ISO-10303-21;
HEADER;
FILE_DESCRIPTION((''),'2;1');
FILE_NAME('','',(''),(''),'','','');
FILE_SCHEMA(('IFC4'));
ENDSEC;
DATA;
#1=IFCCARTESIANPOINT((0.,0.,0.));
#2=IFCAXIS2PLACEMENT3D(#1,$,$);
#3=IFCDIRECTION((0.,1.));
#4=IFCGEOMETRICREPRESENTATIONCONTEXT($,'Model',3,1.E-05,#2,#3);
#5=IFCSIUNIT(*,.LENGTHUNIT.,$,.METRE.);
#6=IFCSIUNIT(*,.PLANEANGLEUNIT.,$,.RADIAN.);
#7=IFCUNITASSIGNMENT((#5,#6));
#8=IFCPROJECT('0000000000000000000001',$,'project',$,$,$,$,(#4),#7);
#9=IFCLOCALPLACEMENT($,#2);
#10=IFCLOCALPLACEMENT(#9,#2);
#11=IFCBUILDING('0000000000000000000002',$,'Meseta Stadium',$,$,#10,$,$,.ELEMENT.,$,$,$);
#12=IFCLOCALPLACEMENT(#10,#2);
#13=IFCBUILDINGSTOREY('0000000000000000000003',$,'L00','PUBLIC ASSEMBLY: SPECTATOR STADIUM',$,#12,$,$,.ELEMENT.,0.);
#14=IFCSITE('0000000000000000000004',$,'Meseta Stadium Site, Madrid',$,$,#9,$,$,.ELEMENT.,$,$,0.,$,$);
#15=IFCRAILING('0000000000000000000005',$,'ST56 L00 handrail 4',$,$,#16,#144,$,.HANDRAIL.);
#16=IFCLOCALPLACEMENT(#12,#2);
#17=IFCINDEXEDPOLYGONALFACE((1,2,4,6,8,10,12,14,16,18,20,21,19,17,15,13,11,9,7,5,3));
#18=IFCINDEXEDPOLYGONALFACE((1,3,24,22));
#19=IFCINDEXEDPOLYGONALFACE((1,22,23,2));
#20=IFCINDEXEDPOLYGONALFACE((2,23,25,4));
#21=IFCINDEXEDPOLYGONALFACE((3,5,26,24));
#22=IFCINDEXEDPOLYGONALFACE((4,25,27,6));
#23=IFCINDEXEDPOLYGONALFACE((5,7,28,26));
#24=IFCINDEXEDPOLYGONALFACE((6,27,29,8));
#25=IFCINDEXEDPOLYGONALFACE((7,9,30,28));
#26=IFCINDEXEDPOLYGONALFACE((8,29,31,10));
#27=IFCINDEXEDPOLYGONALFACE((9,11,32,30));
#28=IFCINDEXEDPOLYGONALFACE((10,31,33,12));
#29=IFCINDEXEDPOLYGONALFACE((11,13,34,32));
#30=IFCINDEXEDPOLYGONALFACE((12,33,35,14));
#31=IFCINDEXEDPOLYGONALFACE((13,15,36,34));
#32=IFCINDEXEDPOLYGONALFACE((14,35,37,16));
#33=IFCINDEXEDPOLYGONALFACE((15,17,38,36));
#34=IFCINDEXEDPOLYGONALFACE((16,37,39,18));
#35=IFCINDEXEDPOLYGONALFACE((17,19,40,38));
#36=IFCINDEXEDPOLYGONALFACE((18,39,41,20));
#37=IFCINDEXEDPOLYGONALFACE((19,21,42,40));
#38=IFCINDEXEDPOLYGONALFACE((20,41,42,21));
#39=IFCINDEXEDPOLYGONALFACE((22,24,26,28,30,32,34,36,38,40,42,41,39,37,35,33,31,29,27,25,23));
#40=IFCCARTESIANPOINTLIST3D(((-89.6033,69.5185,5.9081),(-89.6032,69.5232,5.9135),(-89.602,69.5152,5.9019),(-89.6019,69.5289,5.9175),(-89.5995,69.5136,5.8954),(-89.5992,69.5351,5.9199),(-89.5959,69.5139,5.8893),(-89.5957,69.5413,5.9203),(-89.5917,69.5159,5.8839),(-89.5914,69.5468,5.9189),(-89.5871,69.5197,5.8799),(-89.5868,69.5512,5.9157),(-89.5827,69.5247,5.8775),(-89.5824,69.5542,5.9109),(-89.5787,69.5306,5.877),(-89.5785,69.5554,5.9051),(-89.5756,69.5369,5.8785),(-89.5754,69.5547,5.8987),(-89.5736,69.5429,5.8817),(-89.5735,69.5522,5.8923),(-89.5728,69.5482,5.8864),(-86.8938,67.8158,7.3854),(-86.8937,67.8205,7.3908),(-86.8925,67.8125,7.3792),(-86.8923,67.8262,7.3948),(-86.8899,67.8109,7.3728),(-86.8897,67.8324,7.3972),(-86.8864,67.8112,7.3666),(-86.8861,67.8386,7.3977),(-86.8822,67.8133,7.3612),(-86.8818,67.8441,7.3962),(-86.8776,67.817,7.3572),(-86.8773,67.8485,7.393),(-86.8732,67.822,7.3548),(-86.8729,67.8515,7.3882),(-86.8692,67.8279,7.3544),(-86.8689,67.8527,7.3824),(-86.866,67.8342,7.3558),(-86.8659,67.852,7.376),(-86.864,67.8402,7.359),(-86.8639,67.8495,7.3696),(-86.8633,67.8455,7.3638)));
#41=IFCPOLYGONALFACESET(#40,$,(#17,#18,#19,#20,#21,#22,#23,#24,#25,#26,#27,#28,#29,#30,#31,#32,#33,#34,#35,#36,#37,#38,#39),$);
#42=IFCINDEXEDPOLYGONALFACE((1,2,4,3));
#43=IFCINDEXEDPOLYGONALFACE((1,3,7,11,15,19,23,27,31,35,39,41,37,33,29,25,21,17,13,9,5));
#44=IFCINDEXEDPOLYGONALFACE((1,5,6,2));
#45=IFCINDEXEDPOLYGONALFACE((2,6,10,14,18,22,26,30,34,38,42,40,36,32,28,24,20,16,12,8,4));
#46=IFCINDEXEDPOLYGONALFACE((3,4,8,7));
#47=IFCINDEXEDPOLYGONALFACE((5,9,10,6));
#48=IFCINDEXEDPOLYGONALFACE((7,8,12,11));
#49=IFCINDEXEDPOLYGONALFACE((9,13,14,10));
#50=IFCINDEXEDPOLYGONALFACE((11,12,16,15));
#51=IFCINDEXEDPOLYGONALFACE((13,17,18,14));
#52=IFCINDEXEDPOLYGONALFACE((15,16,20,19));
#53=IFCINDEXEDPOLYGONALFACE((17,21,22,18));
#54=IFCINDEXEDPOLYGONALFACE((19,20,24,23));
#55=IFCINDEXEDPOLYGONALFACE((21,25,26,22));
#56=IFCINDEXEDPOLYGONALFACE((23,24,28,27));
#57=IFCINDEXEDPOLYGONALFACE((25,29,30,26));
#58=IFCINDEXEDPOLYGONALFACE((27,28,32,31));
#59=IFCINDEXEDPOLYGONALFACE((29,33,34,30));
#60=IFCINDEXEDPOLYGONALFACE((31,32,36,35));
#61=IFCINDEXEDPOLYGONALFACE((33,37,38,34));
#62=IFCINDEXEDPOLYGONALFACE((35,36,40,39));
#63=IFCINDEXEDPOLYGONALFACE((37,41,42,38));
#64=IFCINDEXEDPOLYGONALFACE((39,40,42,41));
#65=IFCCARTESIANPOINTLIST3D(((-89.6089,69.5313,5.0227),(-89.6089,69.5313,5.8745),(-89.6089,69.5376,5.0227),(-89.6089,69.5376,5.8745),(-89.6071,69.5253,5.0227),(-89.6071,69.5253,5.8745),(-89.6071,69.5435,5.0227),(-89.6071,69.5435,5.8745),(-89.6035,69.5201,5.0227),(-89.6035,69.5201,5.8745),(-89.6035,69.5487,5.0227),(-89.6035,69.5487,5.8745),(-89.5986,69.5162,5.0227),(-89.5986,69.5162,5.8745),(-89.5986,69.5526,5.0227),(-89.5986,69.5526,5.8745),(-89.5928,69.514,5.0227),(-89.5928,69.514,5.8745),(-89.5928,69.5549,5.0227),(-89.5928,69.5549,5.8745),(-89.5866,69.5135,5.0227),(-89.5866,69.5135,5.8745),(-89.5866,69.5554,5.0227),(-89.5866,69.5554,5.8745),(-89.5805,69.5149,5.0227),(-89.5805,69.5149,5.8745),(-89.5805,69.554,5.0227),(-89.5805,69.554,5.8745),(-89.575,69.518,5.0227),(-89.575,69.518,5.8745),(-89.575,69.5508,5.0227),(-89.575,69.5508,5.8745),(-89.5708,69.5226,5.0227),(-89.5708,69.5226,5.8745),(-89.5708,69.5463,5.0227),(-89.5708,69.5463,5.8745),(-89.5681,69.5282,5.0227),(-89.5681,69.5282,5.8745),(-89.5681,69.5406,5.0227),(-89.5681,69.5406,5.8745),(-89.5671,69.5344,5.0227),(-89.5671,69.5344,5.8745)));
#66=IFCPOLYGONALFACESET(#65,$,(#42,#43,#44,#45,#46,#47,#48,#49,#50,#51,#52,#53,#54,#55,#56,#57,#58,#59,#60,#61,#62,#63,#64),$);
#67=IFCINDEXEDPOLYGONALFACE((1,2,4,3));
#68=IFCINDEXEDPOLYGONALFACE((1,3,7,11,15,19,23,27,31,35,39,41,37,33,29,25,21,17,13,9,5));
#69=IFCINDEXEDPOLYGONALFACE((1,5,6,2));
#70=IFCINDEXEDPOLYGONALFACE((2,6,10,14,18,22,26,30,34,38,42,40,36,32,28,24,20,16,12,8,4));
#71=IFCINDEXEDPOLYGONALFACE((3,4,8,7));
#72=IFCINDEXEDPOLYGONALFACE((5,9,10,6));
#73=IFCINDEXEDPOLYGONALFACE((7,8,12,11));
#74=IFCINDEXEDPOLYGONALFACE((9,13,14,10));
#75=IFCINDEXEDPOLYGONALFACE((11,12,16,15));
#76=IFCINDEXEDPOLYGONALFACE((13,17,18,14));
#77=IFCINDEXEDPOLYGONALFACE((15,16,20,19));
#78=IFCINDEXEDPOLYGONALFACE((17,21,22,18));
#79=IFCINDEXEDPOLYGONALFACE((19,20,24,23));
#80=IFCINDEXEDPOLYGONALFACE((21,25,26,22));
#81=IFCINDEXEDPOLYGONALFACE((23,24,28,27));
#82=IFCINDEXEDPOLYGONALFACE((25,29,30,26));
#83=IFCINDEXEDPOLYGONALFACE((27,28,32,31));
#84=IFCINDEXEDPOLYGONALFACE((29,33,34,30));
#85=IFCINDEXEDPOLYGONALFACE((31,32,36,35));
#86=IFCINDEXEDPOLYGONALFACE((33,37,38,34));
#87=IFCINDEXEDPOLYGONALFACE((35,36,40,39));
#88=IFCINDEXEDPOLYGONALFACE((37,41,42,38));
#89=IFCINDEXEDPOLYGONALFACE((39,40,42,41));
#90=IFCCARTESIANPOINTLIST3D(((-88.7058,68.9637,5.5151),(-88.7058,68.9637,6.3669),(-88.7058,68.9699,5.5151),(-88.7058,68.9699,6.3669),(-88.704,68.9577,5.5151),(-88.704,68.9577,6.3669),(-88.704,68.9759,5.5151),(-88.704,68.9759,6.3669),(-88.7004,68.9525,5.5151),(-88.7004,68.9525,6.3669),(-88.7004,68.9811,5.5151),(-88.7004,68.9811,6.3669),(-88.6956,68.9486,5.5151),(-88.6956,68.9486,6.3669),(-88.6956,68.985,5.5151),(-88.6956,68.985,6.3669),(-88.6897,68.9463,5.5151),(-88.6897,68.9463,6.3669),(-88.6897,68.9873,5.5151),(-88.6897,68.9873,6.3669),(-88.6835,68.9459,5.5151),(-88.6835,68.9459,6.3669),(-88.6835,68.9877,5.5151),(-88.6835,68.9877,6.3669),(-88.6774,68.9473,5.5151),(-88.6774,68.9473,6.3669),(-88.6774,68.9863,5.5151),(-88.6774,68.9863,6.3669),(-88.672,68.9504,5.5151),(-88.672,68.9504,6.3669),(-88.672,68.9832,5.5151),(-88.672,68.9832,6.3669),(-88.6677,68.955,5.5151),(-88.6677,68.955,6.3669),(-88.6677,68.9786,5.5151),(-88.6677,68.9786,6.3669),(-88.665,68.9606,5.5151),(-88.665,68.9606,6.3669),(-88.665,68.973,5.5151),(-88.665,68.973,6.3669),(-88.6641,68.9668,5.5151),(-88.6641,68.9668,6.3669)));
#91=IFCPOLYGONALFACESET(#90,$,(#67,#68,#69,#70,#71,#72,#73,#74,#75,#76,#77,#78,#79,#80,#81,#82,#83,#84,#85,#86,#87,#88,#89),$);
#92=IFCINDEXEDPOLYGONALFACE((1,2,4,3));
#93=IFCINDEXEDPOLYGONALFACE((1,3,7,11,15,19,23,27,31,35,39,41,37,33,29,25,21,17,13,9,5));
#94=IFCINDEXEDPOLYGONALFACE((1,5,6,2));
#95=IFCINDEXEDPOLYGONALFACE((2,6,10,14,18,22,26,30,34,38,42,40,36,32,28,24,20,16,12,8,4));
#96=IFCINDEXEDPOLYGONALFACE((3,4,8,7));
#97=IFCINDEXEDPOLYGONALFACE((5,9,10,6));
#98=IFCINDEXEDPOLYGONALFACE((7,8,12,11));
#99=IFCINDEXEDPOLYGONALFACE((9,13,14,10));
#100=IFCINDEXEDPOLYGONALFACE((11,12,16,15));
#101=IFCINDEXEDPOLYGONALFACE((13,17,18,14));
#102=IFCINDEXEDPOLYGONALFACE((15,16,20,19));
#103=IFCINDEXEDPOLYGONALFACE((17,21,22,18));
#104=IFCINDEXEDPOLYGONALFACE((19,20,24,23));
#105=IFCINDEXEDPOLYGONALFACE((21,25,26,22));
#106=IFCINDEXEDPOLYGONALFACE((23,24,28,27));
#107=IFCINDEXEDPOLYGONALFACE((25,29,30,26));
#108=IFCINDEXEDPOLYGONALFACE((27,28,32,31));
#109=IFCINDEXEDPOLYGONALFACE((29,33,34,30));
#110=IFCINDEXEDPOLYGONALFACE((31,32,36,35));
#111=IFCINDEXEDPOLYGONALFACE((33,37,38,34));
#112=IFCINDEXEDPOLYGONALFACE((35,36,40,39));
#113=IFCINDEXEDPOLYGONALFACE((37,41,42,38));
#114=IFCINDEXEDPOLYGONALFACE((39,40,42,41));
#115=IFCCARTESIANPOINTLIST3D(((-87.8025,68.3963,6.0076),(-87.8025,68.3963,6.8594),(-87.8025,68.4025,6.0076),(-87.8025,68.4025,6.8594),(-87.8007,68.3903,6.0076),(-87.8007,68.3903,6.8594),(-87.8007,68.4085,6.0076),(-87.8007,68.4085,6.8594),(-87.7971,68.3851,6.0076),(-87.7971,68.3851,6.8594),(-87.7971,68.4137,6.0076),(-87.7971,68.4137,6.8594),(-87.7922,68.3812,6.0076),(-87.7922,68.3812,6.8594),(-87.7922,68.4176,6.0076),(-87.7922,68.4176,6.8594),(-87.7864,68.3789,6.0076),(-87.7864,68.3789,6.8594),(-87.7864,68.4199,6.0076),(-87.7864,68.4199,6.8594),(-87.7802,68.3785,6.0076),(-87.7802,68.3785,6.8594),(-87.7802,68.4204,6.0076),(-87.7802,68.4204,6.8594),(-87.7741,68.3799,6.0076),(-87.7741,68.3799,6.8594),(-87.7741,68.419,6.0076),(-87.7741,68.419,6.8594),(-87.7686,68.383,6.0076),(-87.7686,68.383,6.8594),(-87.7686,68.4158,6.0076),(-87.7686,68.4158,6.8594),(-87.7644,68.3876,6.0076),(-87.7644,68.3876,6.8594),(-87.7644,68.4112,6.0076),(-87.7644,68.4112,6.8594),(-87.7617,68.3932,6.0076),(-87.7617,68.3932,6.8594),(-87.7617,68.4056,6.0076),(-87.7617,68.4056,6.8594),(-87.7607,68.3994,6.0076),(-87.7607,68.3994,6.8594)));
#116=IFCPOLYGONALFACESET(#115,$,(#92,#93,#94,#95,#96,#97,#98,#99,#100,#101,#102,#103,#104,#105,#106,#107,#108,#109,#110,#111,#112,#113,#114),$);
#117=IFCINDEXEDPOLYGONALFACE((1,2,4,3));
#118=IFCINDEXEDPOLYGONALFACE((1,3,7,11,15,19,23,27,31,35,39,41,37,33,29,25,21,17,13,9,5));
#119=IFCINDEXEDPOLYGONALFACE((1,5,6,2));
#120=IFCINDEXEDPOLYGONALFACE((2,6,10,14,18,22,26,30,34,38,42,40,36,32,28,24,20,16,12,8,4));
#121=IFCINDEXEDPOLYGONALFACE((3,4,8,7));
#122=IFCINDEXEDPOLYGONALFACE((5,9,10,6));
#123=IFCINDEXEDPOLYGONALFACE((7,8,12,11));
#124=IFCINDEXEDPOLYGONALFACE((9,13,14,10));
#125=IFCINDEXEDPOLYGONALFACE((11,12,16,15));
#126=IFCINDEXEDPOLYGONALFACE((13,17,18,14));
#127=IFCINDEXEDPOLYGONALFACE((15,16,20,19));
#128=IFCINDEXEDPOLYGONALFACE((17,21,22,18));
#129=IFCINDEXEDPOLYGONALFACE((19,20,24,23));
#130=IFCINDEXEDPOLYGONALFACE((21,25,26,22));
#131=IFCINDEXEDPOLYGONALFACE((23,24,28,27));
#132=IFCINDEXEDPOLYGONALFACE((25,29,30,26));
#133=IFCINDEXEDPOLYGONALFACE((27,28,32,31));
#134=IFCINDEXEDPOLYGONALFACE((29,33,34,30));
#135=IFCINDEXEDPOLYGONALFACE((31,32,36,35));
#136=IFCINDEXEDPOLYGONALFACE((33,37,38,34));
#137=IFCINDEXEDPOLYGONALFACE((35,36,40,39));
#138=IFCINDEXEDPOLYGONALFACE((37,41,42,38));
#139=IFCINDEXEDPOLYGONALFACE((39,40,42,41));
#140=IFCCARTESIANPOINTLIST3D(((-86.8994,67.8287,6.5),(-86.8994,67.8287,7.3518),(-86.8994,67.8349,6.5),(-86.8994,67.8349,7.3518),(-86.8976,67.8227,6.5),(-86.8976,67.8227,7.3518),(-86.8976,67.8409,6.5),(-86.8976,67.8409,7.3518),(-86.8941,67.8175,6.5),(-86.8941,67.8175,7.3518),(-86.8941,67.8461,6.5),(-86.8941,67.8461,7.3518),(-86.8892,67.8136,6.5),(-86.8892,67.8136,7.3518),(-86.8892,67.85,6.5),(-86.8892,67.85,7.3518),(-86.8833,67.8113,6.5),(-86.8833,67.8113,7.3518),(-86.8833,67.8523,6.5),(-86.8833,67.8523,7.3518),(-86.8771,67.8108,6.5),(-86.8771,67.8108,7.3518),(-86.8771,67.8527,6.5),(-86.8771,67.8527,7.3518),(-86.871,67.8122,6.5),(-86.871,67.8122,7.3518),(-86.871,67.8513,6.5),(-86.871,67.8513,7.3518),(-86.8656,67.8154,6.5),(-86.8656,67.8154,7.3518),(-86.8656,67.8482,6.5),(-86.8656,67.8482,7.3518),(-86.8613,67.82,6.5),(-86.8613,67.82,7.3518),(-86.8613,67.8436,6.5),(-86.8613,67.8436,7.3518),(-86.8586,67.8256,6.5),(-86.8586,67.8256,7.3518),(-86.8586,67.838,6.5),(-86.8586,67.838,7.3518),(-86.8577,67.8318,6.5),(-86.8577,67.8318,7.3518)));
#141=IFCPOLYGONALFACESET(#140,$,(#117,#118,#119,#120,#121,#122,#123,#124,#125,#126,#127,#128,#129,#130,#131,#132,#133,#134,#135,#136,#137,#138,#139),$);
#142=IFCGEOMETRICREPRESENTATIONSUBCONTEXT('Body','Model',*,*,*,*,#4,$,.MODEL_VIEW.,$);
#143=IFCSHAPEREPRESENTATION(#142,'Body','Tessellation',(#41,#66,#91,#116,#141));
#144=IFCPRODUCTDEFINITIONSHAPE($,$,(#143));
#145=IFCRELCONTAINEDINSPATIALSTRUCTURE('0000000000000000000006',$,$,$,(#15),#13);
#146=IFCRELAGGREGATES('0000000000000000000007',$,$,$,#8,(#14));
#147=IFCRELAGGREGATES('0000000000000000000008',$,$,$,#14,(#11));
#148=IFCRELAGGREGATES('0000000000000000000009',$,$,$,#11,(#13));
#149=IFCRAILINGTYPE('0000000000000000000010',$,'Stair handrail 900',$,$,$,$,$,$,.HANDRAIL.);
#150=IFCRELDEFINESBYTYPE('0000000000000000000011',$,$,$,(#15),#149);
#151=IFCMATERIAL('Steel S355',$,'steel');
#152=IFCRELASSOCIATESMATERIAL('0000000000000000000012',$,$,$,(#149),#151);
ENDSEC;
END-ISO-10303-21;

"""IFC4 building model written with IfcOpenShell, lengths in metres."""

from ifc_helpers import new_model, si_unit, direction, frame, origin, origin_2d, place, context, subcontext, project, spatial, circle, extrude, material, type_object, element, save


model = new_model("IFC4")

# Units and contexts
model_context = context("Model", 3, precision=1e-05, world=origin(), true_north=direction((0.0, 1.0)))
body_context = subcontext(model_context, "Body", "Model", "MODEL_VIEW")
ifc_project = project(units=[si_unit("LENGTHUNIT", "METRE"), si_unit("PLANEANGLEUNIT", "RADIAN")], contexts=[model_context])

# Site, building, storey
site_placement = place(None, origin())
site = spatial("IfcSite", under=ifc_project, at=site_placement, Name="Meseta Stadium Site, Madrid", CompositionType="ELEMENT", RefElevation=0.0)
building_placement = place(site_placement, origin())
building = spatial("IfcBuilding", under=site, at=building_placement, Name="Meseta Stadium", CompositionType="ELEMENT")
storey_placement = place(building_placement, origin())
storey = spatial("IfcBuildingStorey", under=building, at=storey_placement, Name="L00", Description="PUBLIC ASSEMBLY: SPECTATOR STADIUM", CompositionType="ELEMENT", Elevation=0.0)

# Railing
ifc_material_1 = material(Name="Steel S355", Category="steel")
railing_type_1 = type_object("IfcRailingType", Name="Stair handrail 900", PredefinedType="HANDRAIL", material=ifc_material_1)
railing_1_placement = place(storey_placement, frame((-89.5881, 69.5344, 5.0227)))
element("IfcRailing", 1, at=railing_1_placement, inside=storey, type_object=railing_type_1, Name="ST56 L00 handrail 4", PredefinedType="HANDRAIL", context=body_context, shape_type="SweptSolid", body=[
    extrude(circle(Radius=0.0239, at=origin_2d()), frame((0.0, 0.0, 0.876), z_axis=(0.768738, -0.483076, 0.419142), x_axis=(0.532068, 0.846701, 0.0)), (0.0, 0.0, 1.0), 3.5247),
    extrude(circle(Radius=0.021, at=origin_2d()), origin(), (0.0, 0.0, 1.0), 0.8518),
    extrude(circle(Radius=0.021, at=origin_2d()), frame((0.9031, -0.5676, 0.4924)), (0.0, 0.0, 1.0), 0.8518),
    extrude(circle(Radius=0.021, at=origin_2d()), frame((1.8064, -1.135, 0.9849)), (0.0, 0.0, 1.0), 0.8518),
    extrude(circle(Radius=0.021, at=origin_2d()), frame((2.7095, -1.7026, 1.4773)), (0.0, 0.0, 1.0), 0.8518),
])

save(model, "model.ifc")
